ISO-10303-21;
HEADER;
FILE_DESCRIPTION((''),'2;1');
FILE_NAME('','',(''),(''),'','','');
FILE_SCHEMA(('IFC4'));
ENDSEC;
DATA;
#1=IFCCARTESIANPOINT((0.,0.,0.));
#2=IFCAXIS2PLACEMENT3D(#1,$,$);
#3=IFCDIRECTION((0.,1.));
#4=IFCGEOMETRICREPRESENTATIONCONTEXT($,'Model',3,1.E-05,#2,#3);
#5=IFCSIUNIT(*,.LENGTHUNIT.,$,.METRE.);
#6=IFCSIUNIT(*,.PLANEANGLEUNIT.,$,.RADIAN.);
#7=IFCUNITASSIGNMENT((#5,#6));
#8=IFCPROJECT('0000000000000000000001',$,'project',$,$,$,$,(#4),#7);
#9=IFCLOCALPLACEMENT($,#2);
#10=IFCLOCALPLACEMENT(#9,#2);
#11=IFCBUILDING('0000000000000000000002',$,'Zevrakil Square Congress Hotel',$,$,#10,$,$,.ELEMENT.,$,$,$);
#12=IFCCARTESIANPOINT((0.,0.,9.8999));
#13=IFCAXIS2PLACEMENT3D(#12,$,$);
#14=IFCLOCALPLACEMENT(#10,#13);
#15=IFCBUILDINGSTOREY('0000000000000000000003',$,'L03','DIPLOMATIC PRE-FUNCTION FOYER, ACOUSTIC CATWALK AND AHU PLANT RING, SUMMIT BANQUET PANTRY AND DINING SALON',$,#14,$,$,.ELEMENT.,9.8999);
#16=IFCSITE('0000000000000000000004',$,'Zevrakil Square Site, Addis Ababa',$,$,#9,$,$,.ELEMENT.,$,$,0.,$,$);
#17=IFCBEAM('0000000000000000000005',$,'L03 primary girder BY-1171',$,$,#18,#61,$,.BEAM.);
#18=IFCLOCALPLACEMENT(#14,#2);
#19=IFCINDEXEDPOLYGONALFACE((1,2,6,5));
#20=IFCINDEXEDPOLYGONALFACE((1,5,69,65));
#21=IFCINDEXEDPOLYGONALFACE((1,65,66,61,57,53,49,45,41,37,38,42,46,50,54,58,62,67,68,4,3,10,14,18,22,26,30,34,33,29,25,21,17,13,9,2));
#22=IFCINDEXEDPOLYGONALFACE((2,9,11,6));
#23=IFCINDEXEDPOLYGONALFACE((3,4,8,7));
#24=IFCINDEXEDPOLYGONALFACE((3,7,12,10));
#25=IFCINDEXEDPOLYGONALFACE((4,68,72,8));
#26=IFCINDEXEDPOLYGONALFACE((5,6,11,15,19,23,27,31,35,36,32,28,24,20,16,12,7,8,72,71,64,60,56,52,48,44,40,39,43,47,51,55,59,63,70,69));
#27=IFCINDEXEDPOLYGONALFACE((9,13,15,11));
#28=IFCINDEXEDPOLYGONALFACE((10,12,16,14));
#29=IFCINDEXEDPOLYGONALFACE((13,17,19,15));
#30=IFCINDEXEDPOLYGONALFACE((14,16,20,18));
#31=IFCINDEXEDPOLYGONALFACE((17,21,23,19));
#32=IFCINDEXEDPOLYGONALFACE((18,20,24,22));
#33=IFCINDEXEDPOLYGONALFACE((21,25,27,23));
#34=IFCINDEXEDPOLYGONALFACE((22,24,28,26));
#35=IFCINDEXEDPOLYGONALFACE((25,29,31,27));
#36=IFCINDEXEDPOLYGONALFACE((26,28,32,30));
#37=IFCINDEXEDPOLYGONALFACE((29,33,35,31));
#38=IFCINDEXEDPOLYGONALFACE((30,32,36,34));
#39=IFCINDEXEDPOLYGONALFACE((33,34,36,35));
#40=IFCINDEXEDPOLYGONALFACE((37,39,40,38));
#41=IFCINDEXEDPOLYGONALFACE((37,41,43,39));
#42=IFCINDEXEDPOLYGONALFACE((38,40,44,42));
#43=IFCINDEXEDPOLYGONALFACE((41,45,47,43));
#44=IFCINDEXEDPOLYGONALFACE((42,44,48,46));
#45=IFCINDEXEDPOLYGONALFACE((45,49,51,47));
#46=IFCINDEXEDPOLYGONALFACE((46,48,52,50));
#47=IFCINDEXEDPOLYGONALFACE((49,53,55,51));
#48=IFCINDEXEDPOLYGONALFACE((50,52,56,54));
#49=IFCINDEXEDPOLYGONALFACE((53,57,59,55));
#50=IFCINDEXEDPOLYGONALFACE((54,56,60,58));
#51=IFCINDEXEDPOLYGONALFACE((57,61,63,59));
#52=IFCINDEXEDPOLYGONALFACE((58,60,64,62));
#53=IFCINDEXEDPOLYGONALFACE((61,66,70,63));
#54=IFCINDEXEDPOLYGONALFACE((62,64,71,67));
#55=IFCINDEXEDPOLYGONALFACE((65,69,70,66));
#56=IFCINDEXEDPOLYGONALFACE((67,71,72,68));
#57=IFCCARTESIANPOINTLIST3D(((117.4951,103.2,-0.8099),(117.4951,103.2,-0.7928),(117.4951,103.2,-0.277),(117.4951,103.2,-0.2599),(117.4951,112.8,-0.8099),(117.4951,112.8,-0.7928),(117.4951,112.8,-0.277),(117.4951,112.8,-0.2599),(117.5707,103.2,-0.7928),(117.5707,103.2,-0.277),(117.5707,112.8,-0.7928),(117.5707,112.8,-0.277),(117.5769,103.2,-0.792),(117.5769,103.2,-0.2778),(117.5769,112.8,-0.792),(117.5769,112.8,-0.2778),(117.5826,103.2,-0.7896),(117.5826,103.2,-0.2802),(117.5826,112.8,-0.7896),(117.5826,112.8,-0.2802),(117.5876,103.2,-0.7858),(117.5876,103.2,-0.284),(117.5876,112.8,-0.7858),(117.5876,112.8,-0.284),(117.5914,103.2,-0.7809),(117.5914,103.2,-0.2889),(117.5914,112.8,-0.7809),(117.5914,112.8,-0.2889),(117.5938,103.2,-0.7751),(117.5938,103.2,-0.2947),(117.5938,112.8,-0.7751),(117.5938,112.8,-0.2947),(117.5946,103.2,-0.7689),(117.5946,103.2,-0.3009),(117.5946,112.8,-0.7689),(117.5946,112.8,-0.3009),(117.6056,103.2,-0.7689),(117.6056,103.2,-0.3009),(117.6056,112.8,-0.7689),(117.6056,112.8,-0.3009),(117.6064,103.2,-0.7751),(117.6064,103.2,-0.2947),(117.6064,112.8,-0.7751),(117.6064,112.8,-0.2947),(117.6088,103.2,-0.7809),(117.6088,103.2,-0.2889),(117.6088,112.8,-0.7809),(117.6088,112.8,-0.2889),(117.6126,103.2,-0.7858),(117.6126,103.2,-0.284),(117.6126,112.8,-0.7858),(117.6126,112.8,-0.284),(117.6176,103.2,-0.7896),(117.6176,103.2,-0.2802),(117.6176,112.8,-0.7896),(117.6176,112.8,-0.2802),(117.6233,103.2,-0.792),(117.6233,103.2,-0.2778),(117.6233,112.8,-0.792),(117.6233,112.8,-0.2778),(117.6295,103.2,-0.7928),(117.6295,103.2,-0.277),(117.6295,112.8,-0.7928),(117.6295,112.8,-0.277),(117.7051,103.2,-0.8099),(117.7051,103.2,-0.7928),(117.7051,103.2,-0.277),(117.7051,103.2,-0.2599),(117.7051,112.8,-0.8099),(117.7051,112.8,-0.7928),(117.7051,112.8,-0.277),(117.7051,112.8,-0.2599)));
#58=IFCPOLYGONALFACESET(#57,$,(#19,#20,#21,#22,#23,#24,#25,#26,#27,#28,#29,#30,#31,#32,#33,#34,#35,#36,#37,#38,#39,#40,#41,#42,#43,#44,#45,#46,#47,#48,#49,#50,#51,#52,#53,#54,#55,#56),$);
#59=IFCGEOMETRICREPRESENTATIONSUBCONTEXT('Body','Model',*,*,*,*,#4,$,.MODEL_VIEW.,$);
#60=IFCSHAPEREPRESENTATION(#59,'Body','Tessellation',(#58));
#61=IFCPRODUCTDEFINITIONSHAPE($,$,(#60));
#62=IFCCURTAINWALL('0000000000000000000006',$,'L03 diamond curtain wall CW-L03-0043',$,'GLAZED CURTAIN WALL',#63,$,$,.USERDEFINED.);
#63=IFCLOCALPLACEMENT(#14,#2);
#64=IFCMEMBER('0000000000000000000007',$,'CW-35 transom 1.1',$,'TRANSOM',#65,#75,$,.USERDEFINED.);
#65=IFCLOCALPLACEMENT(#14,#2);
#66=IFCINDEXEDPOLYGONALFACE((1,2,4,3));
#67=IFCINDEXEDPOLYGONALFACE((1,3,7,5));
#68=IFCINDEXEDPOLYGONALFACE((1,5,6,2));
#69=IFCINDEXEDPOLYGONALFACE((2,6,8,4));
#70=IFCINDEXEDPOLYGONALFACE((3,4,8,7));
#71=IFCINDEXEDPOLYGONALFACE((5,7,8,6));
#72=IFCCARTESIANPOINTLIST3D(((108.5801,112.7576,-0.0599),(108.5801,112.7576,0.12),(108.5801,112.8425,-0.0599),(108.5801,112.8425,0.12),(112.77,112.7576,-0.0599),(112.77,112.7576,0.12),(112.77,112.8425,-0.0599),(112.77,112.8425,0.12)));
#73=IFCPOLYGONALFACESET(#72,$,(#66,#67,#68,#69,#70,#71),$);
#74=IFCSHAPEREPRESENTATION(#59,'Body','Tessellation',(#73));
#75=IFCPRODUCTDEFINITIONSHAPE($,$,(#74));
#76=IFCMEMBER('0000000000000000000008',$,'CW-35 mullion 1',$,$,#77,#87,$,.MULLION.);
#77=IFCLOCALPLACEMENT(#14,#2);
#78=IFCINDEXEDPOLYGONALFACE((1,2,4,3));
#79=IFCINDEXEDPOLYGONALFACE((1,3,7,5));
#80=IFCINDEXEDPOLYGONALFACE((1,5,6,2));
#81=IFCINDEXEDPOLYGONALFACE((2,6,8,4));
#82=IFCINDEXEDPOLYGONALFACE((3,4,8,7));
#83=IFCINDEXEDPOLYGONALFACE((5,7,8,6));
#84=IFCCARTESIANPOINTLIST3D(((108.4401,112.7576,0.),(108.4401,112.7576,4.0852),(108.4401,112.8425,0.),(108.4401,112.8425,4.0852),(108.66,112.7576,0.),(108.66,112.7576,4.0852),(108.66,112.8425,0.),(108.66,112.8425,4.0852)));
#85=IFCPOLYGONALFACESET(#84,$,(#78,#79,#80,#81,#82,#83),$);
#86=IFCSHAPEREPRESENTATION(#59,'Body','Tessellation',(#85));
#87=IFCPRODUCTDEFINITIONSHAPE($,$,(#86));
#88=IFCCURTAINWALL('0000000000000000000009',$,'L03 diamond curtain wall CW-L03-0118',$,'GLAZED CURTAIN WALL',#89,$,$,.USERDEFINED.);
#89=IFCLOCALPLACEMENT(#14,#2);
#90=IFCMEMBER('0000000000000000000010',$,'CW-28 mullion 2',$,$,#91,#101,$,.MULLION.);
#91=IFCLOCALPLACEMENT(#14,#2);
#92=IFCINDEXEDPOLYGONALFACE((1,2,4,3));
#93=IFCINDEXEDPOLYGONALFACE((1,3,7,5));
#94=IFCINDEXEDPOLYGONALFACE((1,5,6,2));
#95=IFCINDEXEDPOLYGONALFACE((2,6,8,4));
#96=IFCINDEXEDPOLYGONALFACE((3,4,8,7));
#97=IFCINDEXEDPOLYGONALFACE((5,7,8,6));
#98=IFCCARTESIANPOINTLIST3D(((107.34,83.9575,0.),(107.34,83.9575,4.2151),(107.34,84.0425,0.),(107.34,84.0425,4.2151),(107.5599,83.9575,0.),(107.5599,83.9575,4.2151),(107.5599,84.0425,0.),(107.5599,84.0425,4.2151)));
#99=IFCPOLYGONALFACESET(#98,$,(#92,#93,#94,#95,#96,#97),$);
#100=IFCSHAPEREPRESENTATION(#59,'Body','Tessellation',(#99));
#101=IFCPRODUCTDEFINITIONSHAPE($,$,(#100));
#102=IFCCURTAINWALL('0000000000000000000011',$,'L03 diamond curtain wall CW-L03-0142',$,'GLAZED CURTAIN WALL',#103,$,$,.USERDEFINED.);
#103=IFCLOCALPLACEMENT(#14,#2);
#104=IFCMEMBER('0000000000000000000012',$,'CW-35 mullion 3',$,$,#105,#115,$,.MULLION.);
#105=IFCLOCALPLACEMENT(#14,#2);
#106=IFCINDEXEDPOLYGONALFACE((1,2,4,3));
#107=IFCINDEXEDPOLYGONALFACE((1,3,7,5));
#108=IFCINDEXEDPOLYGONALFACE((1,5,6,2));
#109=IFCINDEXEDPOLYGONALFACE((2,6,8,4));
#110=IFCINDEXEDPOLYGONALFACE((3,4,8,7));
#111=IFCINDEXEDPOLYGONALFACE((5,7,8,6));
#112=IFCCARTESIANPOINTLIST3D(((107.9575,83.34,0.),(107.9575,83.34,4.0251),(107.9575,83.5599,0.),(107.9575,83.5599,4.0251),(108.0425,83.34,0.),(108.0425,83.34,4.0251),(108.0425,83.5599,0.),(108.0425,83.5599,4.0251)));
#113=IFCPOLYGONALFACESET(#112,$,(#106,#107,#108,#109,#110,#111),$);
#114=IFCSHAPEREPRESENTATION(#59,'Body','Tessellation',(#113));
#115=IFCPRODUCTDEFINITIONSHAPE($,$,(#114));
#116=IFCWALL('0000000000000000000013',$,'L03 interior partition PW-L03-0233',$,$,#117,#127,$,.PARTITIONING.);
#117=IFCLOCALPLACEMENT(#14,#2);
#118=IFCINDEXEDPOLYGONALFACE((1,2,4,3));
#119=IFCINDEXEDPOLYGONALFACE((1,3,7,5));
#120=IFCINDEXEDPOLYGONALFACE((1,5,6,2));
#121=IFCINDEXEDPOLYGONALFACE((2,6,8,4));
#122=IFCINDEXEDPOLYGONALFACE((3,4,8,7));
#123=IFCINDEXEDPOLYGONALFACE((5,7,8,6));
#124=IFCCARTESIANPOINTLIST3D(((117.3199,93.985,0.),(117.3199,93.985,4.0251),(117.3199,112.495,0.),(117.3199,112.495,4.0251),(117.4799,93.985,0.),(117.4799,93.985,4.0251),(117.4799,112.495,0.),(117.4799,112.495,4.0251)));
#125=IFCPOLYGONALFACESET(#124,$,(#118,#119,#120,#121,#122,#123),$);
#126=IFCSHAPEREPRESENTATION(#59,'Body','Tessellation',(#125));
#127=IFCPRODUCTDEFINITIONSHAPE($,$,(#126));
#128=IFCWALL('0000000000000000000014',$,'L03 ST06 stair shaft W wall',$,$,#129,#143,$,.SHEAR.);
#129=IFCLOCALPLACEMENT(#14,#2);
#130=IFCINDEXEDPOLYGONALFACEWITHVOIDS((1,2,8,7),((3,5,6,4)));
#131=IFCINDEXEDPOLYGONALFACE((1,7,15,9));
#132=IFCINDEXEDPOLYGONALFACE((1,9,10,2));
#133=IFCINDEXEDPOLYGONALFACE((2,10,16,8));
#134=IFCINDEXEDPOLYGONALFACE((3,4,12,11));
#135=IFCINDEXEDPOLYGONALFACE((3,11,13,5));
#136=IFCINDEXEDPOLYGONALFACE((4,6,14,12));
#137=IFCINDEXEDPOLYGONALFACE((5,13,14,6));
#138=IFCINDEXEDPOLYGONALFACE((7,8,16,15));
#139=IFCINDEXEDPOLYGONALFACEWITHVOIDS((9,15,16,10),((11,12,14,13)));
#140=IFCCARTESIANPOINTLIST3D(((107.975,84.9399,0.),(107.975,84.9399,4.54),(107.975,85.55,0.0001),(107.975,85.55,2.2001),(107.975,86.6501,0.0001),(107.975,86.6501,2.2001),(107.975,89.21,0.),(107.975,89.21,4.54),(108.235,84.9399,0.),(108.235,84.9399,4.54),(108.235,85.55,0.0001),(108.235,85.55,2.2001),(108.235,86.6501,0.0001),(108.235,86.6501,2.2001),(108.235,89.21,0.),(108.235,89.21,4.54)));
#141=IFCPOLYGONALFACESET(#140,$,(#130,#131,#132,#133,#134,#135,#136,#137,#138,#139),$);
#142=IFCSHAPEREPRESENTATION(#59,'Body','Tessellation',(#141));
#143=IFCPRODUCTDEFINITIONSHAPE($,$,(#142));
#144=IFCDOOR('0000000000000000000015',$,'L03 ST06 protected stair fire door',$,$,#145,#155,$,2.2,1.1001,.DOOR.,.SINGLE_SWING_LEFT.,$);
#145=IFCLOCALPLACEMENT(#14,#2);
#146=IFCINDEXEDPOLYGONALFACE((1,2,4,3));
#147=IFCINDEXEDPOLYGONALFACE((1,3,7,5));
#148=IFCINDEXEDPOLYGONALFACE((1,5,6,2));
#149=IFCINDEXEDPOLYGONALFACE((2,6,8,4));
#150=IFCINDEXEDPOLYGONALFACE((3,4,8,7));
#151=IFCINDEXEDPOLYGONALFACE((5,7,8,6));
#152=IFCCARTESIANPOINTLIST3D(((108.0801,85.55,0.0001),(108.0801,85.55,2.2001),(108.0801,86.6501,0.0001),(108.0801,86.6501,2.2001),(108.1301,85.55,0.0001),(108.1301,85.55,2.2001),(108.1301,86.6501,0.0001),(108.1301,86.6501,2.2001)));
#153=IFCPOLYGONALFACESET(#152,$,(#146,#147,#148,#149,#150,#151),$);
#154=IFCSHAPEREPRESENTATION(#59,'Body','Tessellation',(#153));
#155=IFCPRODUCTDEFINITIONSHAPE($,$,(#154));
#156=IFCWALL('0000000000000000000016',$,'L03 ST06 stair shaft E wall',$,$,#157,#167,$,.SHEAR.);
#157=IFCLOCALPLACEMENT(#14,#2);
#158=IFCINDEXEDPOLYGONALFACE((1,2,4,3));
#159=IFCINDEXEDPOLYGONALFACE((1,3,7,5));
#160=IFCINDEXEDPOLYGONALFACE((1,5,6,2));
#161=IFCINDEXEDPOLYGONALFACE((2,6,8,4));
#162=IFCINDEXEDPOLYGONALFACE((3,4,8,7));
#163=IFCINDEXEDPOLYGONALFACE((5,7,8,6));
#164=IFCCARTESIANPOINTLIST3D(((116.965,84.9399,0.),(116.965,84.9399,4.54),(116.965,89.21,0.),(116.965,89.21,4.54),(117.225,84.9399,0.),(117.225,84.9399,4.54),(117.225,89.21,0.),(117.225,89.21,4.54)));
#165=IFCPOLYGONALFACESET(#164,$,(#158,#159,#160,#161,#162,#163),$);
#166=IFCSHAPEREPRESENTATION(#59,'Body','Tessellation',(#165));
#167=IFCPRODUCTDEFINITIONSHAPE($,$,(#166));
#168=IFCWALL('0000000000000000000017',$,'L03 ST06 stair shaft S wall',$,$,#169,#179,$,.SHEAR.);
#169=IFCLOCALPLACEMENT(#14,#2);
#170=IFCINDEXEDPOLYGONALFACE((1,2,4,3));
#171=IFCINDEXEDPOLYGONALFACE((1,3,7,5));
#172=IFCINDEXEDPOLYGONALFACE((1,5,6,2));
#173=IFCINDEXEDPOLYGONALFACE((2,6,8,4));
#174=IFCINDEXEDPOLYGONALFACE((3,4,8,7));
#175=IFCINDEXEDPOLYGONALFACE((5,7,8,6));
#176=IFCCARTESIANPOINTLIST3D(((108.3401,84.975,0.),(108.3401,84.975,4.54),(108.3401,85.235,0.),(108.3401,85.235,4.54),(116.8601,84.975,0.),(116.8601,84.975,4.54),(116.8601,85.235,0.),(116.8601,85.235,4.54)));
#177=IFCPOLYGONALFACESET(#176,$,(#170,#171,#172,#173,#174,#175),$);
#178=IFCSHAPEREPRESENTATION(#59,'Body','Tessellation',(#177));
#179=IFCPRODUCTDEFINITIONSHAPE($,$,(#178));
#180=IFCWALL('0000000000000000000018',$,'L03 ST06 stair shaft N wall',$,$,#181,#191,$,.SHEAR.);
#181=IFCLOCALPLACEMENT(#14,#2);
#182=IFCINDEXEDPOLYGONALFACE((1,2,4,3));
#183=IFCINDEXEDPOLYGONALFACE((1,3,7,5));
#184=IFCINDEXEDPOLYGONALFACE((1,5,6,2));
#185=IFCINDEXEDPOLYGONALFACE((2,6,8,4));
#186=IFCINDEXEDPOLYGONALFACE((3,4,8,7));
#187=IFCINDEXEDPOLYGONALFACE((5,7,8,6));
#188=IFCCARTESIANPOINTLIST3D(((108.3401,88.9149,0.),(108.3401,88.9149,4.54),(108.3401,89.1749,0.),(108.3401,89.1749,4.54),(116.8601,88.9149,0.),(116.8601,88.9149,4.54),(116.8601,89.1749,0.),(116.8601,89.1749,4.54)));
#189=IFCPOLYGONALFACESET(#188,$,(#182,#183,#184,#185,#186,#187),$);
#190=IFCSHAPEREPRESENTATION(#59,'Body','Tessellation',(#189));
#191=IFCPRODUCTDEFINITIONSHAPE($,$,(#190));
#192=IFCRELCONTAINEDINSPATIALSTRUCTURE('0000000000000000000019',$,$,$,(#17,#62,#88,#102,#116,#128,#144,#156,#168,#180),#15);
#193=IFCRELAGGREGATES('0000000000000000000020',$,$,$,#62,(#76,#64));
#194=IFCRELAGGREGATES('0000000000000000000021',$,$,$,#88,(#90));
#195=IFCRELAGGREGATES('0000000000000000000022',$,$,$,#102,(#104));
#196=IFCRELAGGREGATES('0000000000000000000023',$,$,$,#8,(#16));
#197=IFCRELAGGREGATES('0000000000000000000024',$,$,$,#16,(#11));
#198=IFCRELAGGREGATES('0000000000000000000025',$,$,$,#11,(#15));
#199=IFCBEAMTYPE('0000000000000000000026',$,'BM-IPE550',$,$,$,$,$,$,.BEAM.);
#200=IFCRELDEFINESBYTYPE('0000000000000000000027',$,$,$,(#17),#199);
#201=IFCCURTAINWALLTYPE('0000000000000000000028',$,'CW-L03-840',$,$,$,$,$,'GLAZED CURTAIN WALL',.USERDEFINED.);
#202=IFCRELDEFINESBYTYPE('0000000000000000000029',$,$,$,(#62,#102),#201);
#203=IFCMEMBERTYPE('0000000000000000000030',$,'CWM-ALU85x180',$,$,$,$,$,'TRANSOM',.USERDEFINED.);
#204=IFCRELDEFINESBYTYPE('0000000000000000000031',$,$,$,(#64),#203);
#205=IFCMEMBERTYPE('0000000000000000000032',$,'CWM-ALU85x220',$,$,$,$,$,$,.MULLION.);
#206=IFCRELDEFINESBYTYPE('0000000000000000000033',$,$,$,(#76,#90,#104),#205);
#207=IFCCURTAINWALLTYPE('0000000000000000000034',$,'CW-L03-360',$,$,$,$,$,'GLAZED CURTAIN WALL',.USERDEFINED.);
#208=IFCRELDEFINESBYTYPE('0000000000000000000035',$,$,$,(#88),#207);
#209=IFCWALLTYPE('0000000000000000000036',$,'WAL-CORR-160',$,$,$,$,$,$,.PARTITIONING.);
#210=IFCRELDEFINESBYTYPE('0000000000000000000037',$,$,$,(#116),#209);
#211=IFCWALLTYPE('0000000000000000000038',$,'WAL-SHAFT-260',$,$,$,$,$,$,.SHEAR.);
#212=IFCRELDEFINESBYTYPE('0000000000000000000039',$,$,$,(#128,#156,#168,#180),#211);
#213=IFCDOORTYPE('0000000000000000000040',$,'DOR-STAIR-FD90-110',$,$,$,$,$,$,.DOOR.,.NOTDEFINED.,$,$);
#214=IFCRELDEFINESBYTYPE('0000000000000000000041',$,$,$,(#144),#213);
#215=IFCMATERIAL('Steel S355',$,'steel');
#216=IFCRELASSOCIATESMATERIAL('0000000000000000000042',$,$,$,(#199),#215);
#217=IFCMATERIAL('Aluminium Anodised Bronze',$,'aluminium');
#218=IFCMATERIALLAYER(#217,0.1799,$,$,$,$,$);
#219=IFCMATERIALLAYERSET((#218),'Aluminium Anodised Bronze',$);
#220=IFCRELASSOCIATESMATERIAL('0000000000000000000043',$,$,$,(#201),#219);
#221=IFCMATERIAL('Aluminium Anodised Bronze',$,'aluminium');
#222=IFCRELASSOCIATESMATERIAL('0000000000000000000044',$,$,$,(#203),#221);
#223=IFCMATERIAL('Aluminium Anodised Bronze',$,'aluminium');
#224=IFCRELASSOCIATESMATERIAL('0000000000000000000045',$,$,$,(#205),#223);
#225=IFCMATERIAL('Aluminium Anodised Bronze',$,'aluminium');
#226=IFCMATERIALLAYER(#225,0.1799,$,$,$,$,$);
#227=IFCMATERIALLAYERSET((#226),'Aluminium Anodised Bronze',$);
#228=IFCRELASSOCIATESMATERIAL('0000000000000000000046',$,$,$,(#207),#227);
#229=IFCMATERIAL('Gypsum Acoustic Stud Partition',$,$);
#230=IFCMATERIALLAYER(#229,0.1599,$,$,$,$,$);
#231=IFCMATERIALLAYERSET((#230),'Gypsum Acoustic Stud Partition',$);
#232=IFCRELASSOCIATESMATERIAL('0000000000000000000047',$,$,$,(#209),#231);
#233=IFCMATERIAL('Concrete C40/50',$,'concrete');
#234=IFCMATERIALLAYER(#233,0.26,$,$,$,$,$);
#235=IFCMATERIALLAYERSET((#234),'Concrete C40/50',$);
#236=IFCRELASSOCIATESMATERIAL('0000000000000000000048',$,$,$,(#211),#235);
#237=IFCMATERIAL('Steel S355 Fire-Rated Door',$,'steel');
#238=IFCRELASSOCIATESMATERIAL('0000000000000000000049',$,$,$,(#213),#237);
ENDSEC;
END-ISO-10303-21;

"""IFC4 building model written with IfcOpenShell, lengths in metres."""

from ifc_helpers import new_model, si_unit, direction, frame, frame_2d, origin, origin_2d, place, context, subcontext, project, spatial, rectangle, i_section, extrude, material, layer, layer_set, material_profile, profile_set, type_object, element, fill, aggregate, save


model = new_model("IFC4")

# Units and contexts
model_context = context("Model", 3, precision=1e-05, world=origin(), true_north=direction((0.0, 1.0)))
body_context = subcontext(model_context, "Body", "Model", "MODEL_VIEW")
ifc_project = project(units=[si_unit("LENGTHUNIT", "METRE"), si_unit("PLANEANGLEUNIT", "RADIAN")], contexts=[model_context])

# Site, building, storey
site_placement = place(None, origin())
site = spatial("IfcSite", under=ifc_project, at=site_placement, Name="Zevrakil Square Site, Addis Ababa", CompositionType="ELEMENT", RefElevation=0.0)
building_placement = place(site_placement, origin())
building = spatial("IfcBuilding", under=site, at=building_placement, Name="Zevrakil Square Congress Hotel", CompositionType="ELEMENT")
storey_placement = place(building_placement, frame((0.0, 0.0, 9.8999)))
storey = spatial("IfcBuildingStorey", under=building, at=storey_placement, Name="L03", Description="DIPLOMATIC PRE-FUNCTION FOYER, ACOUSTIC CATWALK AND AHU PLANT RING, SUMMIT BANQUET PANTRY AND DINING SALON", CompositionType="ELEMENT", Elevation=9.8999)

# Beam
ifc_material_1 = material(Name="Steel S355", Category="steel")
ifc_material_profile_1 = material_profile(ifc_material_1, i_section(OverallWidth=0.21, OverallDepth=0.55, WebThickness=0.011, FlangeThickness=0.0171, FilletRadius=0.0239, at=origin_2d()), Name="IPE 550")
ifc_profile_set_1 = profile_set([ifc_material_profile_1], Name="Steel S355")
beam_type_1 = type_object("IfcBeamType", Name="BM-IPE550", PredefinedType="BEAM", material=ifc_profile_set_1)
beam_1_placement = place(storey_placement, frame((117.6001, 103.2, -0.5349), z_axis=(0.0, 1.0, 0.0), x_axis=(-1.0, 0.0, 0.0)))
element("IfcBeam", 1, at=beam_1_placement, inside=storey, type_object=beam_type_1, Name="L03 primary girder BY-1171", PredefinedType="BEAM", context=body_context, shape_type="SweptSolid", body=[
    extrude(i_section(OverallWidth=0.21, OverallDepth=0.55, WebThickness=0.011, FlangeThickness=0.0171, FilletRadius=0.0239, at=origin_2d()), origin(), (0.0, 0.0, 1.0), 9.6001),
])

# Curtain wall, members
ifc_material_2 = material(Name="Aluminium Anodised Bronze", Category="aluminium")
ifc_layer_1 = layer(ifc_material_2, 0.1799)
ifc_layer_set_1 = layer_set([ifc_layer_1], Name="Aluminium Anodised Bronze")
curtain_wall_type_1 = type_object("IfcCurtainWallType", Name="CW-L03-840", ElementType="GLAZED CURTAIN WALL", PredefinedType="USERDEFINED", material=ifc_layer_set_1)
curtain_wall_1_placement = place(storey_placement, origin())
curtain_wall_1 = element("IfcCurtainWall", 2, at=curtain_wall_1_placement, inside=storey, type_object=curtain_wall_type_1, Name="L03 diamond curtain wall CW-L03-0043", ObjectType="GLAZED CURTAIN WALL", PredefinedType="USERDEFINED")
ifc_material_3 = material(Name="Aluminium Anodised Bronze", Category="aluminium")
ifc_material_profile_2 = material_profile(ifc_material_3, rectangle(XDim=0.085, YDim=0.1799, at=origin_2d()), Name="ALU 85x180")
ifc_profile_set_2 = profile_set([ifc_material_profile_2], Name="Aluminium Anodised Bronze")
member_type_1 = type_object("IfcMemberType", Name="CWM-ALU85x180", ElementType="TRANSOM", PredefinedType="USERDEFINED", material=ifc_profile_set_2)
member_1_placement = place(storey_placement, frame((108.5801, 112.8, 0.03), z_axis=(1.0, 0.0, 0.0), x_axis=(0.0, 1.0, 0.0)))
member_1 = element("IfcMember", 3, at=member_1_placement, type_object=member_type_1, Name="CW-35 transom 1.1", ObjectType="TRANSOM", PredefinedType="USERDEFINED", context=body_context, shape_type="SweptSolid", body=[
    extrude(rectangle(XDim=0.085, YDim=0.1799, at=origin_2d()), origin(), (0.0, 0.0, 1.0), 4.1899),
])
ifc_material_4 = material(Name="Aluminium Anodised Bronze", Category="aluminium")
ifc_material_profile_3 = material_profile(ifc_material_4, rectangle(XDim=0.085, YDim=0.22, at=origin_2d()), Name="ALU 85x220")
ifc_profile_set_3 = profile_set([ifc_material_profile_3], Name="Aluminium Anodised Bronze")
member_type_2 = type_object("IfcMemberType", Name="CWM-ALU85x220", PredefinedType="MULLION", material=ifc_profile_set_3)
member_2_placement = place(storey_placement, frame((108.55, 112.8, 0.0), z_axis=(0.0, 0.0, 1.0), x_axis=(0.0, 1.0, 0.0)))
member_2 = element("IfcMember", 4, at=member_2_placement, type_object=member_type_2, Name="CW-35 mullion 1", PredefinedType="MULLION", context=body_context, shape_type="SweptSolid", body=[
    extrude(rectangle(XDim=0.085, YDim=0.22, at=origin_2d()), origin(), (0.0, 0.0, 1.0), 4.0852),
])
aggregate(curtain_wall_1, [member_2, member_1])

# Curtain walls, members
ifc_material_5 = material(Name="Aluminium Anodised Bronze", Category="aluminium")
ifc_layer_2 = layer(ifc_material_5, 0.1799)
ifc_layer_set_2 = layer_set([ifc_layer_2], Name="Aluminium Anodised Bronze")
curtain_wall_type_2 = type_object("IfcCurtainWallType", Name="CW-L03-360", ElementType="GLAZED CURTAIN WALL", PredefinedType="USERDEFINED", material=ifc_layer_set_2)
curtain_wall_2_placement = place(storey_placement, origin())
curtain_wall_2 = element("IfcCurtainWall", 5, at=curtain_wall_2_placement, inside=storey, type_object=curtain_wall_type_2, Name="L03 diamond curtain wall CW-L03-0118", ObjectType="GLAZED CURTAIN WALL", PredefinedType="USERDEFINED")
member_3_placement = place(storey_placement, frame((107.45, 84.0, 0.0), z_axis=(0.0, 0.0, 1.0), x_axis=(0.0, 1.0, 0.0)))
member_3 = element("IfcMember", 6, at=member_3_placement, type_object=member_type_2, Name="CW-28 mullion 2", PredefinedType="MULLION", context=body_context, shape_type="SweptSolid", body=[
    extrude(rectangle(XDim=0.085, YDim=0.22, at=origin_2d()), origin(), (0.0, 0.0, 1.0), 4.2151),
])
aggregate(curtain_wall_2, [member_3])
curtain_wall_3_placement = place(storey_placement, origin())
curtain_wall_3 = element("IfcCurtainWall", 7, at=curtain_wall_3_placement, inside=storey, type_object=curtain_wall_type_1, Name="L03 diamond curtain wall CW-L03-0142", ObjectType="GLAZED CURTAIN WALL", PredefinedType="USERDEFINED")
member_4_placement = place(storey_placement, frame((108.0, 83.45, 0.0), z_axis=(0.0, 0.0, 1.0), x_axis=(-1.0, 0.0, 0.0)))
member_4 = element("IfcMember", 8, at=member_4_placement, type_object=member_type_2, Name="CW-35 mullion 3", PredefinedType="MULLION", context=body_context, shape_type="SweptSolid", body=[
    extrude(rectangle(XDim=0.085, YDim=0.22, at=origin_2d()), origin(), (0.0, 0.0, 1.0), 4.0251),
])
aggregate(curtain_wall_3, [member_4])

# Wall
ifc_material_6 = material(Name="Gypsum Acoustic Stud Partition")
ifc_layer_3 = layer(ifc_material_6, 0.1599)
ifc_layer_set_3 = layer_set([ifc_layer_3], Name="Gypsum Acoustic Stud Partition")
wall_type_1 = type_object("IfcWallType", Name="WAL-CORR-160", PredefinedType="PARTITIONING", material=ifc_layer_set_3)
wall_1_placement = place(storey_placement, frame((117.3999, 93.9851, 0.0), z_axis=(0.0, 0.0, 1.0), x_axis=(0.0, 1.0, 0.0)))
element("IfcWall", 9, at=wall_1_placement, inside=storey, type_object=wall_type_1, Name="L03 interior partition PW-L03-0233", PredefinedType="PARTITIONING", context=body_context, shape_type="SweptSolid", body=[
    extrude(rectangle(XDim=18.51, YDim=0.1599, at=frame_2d((9.2549, 0.0))), origin(), (0.0, 0.0, 1.0), 4.0251),
])

# Wall, opening, door
ifc_material_7 = material(Name="Concrete C40/50", Category="concrete")
ifc_layer_4 = layer(ifc_material_7, 0.26)
ifc_layer_set_4 = layer_set([ifc_layer_4], Name="Concrete C40/50")
wall_type_2 = type_object("IfcWallType", Name="WAL-SHAFT-260", PredefinedType="SHEAR", material=ifc_layer_set_4)
wall_2_placement = place(storey_placement, frame((108.105, 84.9399, 0.0), z_axis=(0.0, 0.0, 1.0), x_axis=(0.0, 1.0, 0.0)))
wall_2 = element("IfcWall", 10, at=wall_2_placement, inside=storey, type_object=wall_type_2, Name="L03 ST06 stair shaft W wall", PredefinedType="SHEAR", context=body_context, shape_type="SweptSolid", body=[
    extrude(rectangle(XDim=4.27, YDim=0.26, at=frame_2d((2.135, 0.0))), origin(), (0.0, 0.0, 1.0), 4.54),
])
opening_placement = place(wall_2_placement, frame((0.6101, 0.0, 0.0)))
opening = element("IfcOpeningElement", 11, at=opening_placement, cuts=wall_2, PredefinedType="OPENING", context=body_context, shape_type="SweptSolid", body=[
    extrude(rectangle(XDim=1.1001, YDim=2.2, at=frame_2d((0.55, 1.1001))), frame((0.0, 0.1401, 0.0), z_axis=(0.0, -1.0, 0.0), x_axis=(1.0, 0.0, 0.0)), (0.0, 0.0, 1.0), 0.28),
])
ifc_material_8 = material(Name="Steel S355 Fire-Rated Door", Category="steel")
door_type = type_object("IfcDoorType", Name="DOR-STAIR-FD90-110", OperationType="NOTDEFINED", PredefinedType="DOOR", material=ifc_material_8)
door_placement = place(opening_placement, origin())
door = element("IfcDoor", 12, at=door_placement, inside=storey, type_object=door_type, Name="L03 ST06 protected stair fire door", OperationType="SINGLE_SWING_LEFT", OverallHeight=2.2, OverallWidth=1.1001, PredefinedType="DOOR", context=body_context, shape_type="SweptSolid", body=[
    extrude(rectangle(XDim=1.1001, YDim=2.2, at=frame_2d((0.55, 1.1001))), frame((0.0, 0.0249, 0.0), z_axis=(0.0, -1.0, 0.0), x_axis=(1.0, 0.0, 0.0)), (0.0, 0.0, 1.0), 0.05),
])
fill(opening, door)

# Walls
wall_3_placement = place(storey_placement, frame((117.095, 84.9399, 0.0), z_axis=(0.0, 0.0, 1.0), x_axis=(0.0, 1.0, 0.0)))
element("IfcWall", 13, at=wall_3_placement, inside=storey, type_object=wall_type_2, Name="L03 ST06 stair shaft E wall", PredefinedType="SHEAR", context=body_context, shape_type="SweptSolid", body=[
    extrude(rectangle(XDim=4.27, YDim=0.26, at=frame_2d((2.135, 0.0))), origin(), (0.0, 0.0, 1.0), 4.54),
])
for number, where, z_axis, x_axis, name in (
    (14, (108.3401, 85.105, 0.0), (0.0, 0.0, 1.0), (1.0, 0.0, 0.0), "L03 ST06 stair shaft S wall"),
    (15, (108.3401, 89.0449, 0.0), (0.0, 0.0, 1.0), (1.0, 0.0, 0.0), "L03 ST06 stair shaft N wall"),
):
    element("IfcWall", number, at=place(storey_placement, frame(where, z_axis=z_axis, x_axis=x_axis)), inside=storey, type_object=wall_type_2, Name=name, PredefinedType="SHEAR", context=body_context, shape_type="SweptSolid", body=[
        extrude(rectangle(XDim=8.52, YDim=0.26, at=frame_2d((4.26, 0.0))), origin(), (0.0, 0.0, 1.0), 4.54),
    ])

save(model, "model.ifc")
